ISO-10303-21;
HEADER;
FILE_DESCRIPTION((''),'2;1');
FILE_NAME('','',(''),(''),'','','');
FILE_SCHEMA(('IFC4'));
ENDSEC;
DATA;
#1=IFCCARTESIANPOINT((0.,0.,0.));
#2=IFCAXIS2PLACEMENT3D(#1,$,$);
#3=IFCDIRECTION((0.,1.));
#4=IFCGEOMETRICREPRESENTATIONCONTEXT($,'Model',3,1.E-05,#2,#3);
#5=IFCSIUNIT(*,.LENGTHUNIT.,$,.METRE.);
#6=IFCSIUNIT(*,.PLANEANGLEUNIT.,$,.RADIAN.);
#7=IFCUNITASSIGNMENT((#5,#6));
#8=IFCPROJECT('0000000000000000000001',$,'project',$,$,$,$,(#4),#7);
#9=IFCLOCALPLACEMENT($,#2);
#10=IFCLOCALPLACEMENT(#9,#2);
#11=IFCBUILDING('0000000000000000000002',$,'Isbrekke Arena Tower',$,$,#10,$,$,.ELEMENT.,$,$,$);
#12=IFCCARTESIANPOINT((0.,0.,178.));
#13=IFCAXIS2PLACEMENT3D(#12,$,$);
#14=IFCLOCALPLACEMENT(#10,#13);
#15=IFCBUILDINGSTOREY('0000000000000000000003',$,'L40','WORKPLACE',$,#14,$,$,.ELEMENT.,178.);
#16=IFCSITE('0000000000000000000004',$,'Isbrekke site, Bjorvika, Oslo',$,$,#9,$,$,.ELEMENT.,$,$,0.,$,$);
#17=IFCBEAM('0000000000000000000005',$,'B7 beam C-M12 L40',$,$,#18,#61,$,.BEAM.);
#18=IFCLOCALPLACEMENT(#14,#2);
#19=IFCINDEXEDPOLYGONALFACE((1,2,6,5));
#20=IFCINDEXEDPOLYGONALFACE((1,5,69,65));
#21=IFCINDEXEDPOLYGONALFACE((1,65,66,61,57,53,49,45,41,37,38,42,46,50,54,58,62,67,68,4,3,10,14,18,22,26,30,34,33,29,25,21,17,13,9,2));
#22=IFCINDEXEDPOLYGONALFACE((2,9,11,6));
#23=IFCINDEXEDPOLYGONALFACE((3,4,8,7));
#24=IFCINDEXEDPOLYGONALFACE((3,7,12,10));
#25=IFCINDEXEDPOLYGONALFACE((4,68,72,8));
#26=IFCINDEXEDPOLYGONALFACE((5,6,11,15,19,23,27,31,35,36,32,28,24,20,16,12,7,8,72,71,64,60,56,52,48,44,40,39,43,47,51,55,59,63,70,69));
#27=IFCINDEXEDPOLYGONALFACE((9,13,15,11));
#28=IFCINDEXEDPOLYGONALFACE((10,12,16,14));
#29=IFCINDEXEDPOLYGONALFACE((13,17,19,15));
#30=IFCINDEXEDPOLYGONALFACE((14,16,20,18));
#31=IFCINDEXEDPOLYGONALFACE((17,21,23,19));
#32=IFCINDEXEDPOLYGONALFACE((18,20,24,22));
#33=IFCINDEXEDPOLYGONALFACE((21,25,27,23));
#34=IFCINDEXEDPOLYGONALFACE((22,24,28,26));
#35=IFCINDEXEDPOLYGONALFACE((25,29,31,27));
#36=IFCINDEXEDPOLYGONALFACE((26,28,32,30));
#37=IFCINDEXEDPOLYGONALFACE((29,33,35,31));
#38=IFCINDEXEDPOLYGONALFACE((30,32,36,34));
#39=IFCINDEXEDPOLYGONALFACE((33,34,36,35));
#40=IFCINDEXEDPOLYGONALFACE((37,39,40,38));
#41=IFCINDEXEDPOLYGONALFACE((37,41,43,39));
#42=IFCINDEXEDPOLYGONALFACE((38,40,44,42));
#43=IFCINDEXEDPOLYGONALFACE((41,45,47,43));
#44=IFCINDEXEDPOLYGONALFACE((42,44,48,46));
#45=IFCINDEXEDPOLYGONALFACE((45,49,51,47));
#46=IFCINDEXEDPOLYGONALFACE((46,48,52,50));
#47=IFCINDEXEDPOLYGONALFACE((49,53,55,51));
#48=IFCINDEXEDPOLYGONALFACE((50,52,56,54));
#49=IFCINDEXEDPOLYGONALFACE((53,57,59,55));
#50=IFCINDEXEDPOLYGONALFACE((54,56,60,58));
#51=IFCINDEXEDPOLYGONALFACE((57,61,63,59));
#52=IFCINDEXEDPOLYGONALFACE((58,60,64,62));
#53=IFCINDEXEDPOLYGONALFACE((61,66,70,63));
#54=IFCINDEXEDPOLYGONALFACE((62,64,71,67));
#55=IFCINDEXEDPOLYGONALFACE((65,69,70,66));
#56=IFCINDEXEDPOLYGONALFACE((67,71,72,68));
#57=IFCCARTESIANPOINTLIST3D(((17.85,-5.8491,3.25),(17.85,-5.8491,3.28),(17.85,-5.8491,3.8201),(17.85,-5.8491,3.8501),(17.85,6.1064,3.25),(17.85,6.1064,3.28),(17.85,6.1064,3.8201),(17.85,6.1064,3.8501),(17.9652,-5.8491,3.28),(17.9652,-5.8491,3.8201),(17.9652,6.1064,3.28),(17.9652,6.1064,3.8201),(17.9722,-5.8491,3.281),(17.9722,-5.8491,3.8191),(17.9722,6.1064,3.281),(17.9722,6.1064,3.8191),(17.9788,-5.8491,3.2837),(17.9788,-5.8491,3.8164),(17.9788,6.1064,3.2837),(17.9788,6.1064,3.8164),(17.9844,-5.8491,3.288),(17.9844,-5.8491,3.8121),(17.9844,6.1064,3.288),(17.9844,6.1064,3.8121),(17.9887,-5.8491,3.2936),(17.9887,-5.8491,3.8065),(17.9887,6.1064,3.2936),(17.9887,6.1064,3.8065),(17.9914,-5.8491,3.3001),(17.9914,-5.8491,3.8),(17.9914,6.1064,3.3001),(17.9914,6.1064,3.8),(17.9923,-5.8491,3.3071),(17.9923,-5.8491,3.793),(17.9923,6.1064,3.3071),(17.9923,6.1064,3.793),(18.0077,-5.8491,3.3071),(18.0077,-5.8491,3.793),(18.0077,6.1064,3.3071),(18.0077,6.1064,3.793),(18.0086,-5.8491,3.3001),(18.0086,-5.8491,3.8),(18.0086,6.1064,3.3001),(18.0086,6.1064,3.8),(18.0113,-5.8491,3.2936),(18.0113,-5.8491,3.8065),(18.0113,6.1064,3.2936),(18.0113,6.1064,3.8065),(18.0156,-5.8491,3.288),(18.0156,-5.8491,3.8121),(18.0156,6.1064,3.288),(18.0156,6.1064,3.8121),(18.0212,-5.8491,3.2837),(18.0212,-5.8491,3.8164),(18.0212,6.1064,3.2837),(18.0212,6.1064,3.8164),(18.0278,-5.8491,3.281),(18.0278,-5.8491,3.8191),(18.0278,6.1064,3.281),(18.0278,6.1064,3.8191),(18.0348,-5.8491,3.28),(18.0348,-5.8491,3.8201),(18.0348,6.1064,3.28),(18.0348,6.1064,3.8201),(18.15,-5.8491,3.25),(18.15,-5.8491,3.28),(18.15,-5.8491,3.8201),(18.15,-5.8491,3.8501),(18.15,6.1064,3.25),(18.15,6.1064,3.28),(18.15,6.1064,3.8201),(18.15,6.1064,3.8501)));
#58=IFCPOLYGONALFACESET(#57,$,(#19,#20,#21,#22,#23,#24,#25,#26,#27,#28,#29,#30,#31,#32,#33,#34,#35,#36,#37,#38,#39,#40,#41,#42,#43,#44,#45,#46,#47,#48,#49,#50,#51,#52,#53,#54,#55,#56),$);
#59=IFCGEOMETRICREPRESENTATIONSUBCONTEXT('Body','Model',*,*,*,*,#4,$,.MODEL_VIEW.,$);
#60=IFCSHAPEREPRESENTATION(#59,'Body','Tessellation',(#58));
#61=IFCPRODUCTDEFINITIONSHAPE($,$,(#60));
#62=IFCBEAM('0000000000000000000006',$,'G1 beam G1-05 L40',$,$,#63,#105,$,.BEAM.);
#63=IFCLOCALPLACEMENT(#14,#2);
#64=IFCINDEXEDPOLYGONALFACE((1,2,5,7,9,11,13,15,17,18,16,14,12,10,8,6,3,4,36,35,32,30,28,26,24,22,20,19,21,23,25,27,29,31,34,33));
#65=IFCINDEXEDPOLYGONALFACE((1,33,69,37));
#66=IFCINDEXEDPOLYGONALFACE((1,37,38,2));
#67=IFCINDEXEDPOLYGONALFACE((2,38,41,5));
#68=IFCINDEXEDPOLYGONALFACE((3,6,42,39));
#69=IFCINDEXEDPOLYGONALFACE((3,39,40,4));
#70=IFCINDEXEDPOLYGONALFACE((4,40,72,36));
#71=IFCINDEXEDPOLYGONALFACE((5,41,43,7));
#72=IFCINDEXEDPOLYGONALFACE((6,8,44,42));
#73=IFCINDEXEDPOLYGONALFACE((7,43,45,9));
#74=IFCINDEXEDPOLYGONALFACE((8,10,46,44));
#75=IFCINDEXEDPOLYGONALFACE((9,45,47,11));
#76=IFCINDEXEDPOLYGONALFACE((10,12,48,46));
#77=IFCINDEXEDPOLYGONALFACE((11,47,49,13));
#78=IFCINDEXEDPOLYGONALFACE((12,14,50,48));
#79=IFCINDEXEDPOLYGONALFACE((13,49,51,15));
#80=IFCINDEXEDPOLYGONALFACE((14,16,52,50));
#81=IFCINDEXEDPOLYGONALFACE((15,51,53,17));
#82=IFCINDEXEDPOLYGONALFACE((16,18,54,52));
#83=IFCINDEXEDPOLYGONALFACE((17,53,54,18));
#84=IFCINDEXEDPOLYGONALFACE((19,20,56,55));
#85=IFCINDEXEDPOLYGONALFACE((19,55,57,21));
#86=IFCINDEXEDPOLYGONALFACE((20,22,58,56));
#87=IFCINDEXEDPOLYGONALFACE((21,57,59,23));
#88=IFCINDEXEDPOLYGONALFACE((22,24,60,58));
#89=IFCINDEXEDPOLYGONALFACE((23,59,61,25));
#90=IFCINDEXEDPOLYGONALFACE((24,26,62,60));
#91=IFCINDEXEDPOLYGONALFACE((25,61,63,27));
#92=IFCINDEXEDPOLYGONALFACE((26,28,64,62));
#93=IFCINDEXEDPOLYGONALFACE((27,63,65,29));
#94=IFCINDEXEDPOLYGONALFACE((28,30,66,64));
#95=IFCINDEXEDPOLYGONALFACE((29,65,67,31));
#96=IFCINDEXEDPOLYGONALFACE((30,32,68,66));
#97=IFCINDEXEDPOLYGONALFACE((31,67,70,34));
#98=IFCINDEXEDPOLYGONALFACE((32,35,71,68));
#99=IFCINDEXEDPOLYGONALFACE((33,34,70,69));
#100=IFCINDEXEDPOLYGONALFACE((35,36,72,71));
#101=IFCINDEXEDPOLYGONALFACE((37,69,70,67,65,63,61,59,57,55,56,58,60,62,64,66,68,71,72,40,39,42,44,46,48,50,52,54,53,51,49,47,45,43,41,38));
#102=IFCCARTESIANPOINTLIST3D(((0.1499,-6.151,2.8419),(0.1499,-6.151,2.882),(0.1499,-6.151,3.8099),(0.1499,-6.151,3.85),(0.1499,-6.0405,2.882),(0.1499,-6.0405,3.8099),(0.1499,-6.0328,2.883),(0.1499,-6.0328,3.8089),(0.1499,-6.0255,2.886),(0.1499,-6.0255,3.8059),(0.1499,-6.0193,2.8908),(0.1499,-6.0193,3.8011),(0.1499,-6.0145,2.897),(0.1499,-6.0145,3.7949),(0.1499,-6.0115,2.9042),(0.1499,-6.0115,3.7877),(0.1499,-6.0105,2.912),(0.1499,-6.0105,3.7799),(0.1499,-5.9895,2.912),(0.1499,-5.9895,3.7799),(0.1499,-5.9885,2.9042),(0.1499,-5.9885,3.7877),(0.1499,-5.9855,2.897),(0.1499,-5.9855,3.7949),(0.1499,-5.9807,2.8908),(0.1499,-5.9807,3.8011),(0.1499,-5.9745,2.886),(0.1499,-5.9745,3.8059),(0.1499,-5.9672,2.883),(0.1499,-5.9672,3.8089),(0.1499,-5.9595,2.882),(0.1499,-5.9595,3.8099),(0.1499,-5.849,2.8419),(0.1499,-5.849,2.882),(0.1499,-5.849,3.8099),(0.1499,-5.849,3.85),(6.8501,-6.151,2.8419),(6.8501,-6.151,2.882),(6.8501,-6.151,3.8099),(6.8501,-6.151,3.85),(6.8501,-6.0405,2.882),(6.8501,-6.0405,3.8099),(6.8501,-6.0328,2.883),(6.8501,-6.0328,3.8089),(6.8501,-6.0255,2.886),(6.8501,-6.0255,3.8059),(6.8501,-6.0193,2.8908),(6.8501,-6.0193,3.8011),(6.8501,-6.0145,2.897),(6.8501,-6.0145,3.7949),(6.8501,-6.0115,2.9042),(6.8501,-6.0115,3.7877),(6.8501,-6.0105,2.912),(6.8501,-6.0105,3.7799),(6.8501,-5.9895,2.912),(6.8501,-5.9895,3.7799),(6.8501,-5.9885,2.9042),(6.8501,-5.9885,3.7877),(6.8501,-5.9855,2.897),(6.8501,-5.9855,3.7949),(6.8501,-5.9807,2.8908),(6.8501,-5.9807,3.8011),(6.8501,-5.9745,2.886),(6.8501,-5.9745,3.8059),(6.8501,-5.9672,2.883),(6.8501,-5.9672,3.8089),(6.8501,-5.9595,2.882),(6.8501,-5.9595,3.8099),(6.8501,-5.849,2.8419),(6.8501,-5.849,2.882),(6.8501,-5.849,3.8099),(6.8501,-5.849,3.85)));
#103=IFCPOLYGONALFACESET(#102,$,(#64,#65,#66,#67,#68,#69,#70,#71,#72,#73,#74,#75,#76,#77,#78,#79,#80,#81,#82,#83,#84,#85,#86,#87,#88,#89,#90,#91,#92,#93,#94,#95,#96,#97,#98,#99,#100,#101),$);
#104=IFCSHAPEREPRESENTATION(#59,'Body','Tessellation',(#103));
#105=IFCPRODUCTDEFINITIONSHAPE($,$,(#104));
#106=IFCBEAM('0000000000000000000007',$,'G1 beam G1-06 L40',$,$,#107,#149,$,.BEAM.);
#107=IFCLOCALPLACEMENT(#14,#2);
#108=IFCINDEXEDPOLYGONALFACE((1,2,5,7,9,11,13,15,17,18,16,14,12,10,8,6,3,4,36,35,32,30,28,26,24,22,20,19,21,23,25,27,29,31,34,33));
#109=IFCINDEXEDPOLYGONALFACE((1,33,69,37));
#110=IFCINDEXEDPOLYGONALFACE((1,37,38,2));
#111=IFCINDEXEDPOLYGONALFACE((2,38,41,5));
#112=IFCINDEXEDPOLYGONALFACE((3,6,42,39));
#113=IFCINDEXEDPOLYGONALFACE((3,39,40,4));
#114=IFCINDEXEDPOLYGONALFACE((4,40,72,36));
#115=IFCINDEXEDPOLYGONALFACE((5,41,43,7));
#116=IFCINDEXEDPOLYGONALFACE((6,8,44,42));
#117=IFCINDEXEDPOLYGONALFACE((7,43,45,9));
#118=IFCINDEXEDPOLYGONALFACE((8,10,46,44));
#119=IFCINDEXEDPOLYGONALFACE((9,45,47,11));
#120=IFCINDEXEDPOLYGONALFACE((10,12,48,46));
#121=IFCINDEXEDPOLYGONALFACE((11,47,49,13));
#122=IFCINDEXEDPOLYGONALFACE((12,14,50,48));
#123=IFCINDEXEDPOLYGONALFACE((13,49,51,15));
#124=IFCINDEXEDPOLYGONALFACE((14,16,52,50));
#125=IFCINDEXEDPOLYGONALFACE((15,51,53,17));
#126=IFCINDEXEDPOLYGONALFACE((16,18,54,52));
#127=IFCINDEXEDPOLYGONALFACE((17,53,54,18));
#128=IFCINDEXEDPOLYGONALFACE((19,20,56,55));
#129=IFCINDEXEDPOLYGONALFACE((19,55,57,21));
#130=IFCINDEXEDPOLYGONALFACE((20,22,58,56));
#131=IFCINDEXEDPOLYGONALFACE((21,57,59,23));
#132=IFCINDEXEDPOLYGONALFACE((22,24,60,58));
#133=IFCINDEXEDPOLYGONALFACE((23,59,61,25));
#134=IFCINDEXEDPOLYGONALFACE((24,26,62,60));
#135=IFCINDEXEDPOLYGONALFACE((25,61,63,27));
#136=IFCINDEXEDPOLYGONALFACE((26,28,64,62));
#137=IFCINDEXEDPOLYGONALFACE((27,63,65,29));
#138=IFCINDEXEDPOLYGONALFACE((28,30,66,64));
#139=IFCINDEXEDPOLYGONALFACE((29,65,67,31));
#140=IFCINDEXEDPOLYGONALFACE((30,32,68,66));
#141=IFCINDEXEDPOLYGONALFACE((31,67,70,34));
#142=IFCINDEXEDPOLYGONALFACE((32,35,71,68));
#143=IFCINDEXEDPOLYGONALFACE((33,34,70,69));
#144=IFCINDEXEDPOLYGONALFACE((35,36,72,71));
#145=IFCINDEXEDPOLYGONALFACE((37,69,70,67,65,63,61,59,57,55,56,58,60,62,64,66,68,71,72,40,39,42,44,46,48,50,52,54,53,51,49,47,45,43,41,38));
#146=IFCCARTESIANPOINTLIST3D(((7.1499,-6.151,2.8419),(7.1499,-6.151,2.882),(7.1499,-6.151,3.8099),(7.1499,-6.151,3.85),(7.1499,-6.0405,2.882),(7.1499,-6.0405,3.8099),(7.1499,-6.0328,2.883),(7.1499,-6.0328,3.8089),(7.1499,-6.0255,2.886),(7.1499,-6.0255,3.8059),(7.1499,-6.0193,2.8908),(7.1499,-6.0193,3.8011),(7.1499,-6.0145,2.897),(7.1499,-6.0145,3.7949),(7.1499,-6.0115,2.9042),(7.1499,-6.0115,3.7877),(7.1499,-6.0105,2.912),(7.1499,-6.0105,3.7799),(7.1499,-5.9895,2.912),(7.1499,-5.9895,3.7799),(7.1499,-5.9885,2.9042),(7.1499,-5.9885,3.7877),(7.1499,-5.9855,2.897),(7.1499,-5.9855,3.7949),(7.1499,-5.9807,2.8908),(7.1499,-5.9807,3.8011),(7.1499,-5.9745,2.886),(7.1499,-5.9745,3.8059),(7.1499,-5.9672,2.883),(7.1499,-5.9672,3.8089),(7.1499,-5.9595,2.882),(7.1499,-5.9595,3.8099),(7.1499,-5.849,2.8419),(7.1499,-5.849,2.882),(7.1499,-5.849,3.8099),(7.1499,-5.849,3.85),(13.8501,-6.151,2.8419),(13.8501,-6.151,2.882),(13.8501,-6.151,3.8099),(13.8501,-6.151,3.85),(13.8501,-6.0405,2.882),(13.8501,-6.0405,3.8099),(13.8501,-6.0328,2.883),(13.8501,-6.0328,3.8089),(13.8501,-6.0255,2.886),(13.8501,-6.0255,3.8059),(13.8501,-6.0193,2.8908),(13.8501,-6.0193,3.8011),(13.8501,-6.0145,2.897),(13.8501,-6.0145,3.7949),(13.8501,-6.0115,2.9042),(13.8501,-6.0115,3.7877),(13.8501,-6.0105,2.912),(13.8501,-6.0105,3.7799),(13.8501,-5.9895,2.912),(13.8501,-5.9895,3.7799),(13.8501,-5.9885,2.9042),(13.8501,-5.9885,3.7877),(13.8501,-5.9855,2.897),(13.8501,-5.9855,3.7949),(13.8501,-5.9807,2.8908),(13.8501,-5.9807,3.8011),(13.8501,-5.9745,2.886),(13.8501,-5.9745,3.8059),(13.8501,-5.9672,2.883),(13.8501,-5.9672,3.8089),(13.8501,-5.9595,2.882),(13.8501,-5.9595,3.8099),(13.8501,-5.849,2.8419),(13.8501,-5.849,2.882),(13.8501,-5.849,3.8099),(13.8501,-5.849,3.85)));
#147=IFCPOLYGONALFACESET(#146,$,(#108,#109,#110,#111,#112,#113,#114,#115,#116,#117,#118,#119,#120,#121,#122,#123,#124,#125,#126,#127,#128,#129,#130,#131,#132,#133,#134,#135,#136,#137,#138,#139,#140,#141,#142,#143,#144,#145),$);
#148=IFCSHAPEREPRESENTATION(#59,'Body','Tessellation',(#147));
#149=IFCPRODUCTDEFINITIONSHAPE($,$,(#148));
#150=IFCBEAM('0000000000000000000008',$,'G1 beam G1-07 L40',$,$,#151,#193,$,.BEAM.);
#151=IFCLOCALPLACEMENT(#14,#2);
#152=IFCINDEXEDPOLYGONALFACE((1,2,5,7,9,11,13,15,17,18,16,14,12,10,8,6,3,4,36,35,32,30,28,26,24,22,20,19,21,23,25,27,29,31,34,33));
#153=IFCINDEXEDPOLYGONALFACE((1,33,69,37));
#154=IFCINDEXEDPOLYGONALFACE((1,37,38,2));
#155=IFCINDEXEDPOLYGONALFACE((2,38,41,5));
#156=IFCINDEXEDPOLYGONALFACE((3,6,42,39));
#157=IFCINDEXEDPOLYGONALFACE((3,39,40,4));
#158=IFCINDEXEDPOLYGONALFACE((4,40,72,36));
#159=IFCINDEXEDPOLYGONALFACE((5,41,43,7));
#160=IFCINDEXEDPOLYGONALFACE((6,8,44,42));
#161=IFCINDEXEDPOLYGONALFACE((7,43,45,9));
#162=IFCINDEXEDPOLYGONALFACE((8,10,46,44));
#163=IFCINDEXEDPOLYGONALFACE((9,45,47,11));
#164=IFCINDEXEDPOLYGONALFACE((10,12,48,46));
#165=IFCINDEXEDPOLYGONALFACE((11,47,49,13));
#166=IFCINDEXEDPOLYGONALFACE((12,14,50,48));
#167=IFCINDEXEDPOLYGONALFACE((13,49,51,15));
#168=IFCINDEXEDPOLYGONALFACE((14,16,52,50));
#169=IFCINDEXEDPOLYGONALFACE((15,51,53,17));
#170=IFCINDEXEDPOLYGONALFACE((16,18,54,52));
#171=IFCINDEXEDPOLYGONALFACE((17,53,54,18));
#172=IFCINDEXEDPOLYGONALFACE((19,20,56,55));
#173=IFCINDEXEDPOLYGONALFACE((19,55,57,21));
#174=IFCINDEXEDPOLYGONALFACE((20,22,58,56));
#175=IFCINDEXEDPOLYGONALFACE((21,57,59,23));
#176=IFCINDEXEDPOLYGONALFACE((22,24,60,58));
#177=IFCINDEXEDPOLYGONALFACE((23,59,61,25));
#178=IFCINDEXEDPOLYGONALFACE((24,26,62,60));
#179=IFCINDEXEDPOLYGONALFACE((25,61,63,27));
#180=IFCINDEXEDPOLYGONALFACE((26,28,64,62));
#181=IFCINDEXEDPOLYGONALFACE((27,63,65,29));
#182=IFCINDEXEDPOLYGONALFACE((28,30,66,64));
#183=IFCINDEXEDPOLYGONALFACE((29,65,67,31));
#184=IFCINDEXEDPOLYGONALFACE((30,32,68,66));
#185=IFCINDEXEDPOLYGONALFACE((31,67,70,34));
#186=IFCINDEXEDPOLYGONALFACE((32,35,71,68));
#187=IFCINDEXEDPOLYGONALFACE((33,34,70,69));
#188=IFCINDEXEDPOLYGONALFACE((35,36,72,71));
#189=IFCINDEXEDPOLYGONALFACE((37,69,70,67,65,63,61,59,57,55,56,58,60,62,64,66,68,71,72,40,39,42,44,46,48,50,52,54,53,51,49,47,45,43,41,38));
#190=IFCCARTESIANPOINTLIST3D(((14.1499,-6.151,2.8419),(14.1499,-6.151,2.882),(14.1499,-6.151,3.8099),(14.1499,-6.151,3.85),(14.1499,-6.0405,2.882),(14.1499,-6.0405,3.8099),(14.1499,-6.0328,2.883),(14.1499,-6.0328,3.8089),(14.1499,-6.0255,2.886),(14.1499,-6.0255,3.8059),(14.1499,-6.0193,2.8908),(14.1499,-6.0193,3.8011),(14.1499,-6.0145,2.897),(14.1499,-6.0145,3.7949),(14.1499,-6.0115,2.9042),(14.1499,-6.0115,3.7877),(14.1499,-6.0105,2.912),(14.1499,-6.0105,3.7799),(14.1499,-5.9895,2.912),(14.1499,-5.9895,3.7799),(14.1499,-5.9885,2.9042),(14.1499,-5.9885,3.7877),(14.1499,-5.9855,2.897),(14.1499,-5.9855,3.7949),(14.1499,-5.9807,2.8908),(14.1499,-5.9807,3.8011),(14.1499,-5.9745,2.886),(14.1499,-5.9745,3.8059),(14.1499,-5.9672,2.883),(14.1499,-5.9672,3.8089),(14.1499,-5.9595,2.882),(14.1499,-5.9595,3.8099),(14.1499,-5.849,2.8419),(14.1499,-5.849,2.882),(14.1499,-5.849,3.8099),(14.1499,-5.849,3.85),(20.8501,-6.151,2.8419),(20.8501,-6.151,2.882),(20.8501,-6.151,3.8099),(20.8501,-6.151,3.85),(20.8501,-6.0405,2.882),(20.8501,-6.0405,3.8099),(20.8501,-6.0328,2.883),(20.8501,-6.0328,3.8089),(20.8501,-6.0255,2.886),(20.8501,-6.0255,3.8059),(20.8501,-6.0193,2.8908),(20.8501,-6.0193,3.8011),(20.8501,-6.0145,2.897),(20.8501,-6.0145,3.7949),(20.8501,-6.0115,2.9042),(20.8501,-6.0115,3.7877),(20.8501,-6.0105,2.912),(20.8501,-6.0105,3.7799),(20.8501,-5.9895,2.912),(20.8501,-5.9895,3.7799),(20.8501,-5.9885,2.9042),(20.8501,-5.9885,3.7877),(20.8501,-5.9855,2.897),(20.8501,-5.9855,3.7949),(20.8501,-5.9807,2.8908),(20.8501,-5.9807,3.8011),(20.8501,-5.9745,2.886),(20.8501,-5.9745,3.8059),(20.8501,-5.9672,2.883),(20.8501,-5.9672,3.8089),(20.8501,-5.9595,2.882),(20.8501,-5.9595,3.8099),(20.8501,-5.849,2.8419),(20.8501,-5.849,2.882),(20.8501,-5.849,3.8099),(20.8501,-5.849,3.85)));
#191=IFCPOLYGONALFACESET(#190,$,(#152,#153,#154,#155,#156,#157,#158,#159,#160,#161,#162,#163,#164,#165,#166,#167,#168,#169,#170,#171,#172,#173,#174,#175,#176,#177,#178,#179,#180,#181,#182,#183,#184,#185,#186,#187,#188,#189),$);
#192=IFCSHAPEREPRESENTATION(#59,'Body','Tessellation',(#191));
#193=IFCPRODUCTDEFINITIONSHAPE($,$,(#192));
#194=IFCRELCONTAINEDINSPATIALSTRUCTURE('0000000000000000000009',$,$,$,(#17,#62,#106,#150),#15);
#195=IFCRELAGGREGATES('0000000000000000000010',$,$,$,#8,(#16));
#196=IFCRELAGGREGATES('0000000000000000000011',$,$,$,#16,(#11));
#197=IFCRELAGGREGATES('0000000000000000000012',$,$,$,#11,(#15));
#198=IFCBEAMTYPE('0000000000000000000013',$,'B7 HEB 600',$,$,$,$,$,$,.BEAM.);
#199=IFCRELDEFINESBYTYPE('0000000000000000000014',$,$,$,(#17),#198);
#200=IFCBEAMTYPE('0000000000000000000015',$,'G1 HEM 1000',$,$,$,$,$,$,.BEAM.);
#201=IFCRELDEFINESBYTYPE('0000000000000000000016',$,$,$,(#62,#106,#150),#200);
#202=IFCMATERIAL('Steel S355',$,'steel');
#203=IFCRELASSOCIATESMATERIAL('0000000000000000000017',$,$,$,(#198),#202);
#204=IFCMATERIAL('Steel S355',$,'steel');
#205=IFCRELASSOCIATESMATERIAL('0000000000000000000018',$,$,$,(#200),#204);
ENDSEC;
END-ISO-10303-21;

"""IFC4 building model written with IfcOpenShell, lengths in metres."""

from ifc_helpers import new_model, si_unit, direction, frame, origin, origin_2d, place, context, subcontext, project, spatial, i_section, extrude, material, material_profile, profile_set, type_object, element, save


model = new_model("IFC4")

# Units and contexts
model_context = context("Model", 3, precision=1e-05, world=origin(), true_north=direction((0.0, 1.0)))
body_context = subcontext(model_context, "Body", "Model", "MODEL_VIEW")
ifc_project = project(units=[si_unit("LENGTHUNIT", "METRE"), si_unit("PLANEANGLEUNIT", "RADIAN")], contexts=[model_context])

# Site, building, storey
site_placement = place(None, origin())
site = spatial("IfcSite", under=ifc_project, at=site_placement, Name="Isbrekke site, Bjorvika, Oslo", CompositionType="ELEMENT", RefElevation=0.0)
building_placement = place(site_placement, origin())
building = spatial("IfcBuilding", under=site, at=building_placement, Name="Isbrekke Arena Tower", CompositionType="ELEMENT")
storey_placement = place(building_placement, frame((0.0, 0.0, 178.0)))
storey = spatial("IfcBuildingStorey", under=building, at=storey_placement, Name="L40", Description="WORKPLACE", CompositionType="ELEMENT", Elevation=178.0)

# Beams
ifc_material_1 = material(Name="Steel S355", Category="steel")
ifc_material_profile_1 = material_profile(ifc_material_1, i_section(OverallWidth=0.3, OverallDepth=0.6001, WebThickness=0.0154, FlangeThickness=0.03, FilletRadius=0.0271, at=origin_2d()), Name="HEB 600")
ifc_profile_set_1 = profile_set([ifc_material_profile_1], Name="Steel S355")
beam_type_1 = type_object("IfcBeamType", Name="B7 HEB 600", PredefinedType="BEAM", material=ifc_profile_set_1)
beam_1_placement = place(storey_placement, frame((18.0, -5.8491, 3.55), z_axis=(0.0, 1.0, 0.0), x_axis=(-1.0, 0.0, 0.0)))
element("IfcBeam", 1, at=beam_1_placement, inside=storey, type_object=beam_type_1, Name="B7 beam C-M12 L40", PredefinedType="BEAM", context=body_context, shape_type="SweptSolid", body=[
    extrude(i_section(OverallWidth=0.3, OverallDepth=0.6001, WebThickness=0.0154, FlangeThickness=0.03, FilletRadius=0.0271, at=origin_2d()), origin(), (0.0, 0.0, 1.0), 11.9556),
])
ifc_material_2 = material(Name="Steel S355", Category="steel")
ifc_material_profile_2 = material_profile(ifc_material_2, i_section(OverallWidth=0.302, OverallDepth=1.0081, WebThickness=0.021, FlangeThickness=0.04, FilletRadius=0.03, at=origin_2d()), Name="HEM 1000")
ifc_profile_set_2 = profile_set([ifc_material_profile_2], Name="Steel S355")
beam_type_2 = type_object("IfcBeamType", Name="G1 HEM 1000", PredefinedType="BEAM", material=ifc_profile_set_2)
for number, where, z_axis, x_axis, name in (
    (2, (0.1499, -6.0, 3.3459), (1.0, 0.0, 0.0), (0.0, 1.0, 0.0), "G1 beam G1-05 L40"),
    (3, (7.1499, -6.0, 3.3459), (1.0, 0.0, 0.0), (0.0, 1.0, 0.0), "G1 beam G1-06 L40"),
    (4, (14.1499, -6.0, 3.3459), (1.0, 0.0, 0.0), (0.0, 1.0, 0.0), "G1 beam G1-07 L40"),
):
    element("IfcBeam", number, at=place(storey_placement, frame(where, z_axis=z_axis, x_axis=x_axis)), inside=storey, type_object=beam_type_2, Name=name, PredefinedType="BEAM", context=body_context, shape_type="SweptSolid", body=[
        extrude(i_section(OverallWidth=0.302, OverallDepth=1.0081, WebThickness=0.021, FlangeThickness=0.04, FilletRadius=0.03, at=origin_2d()), origin(), (0.0, 0.0, 1.0), 6.7002),
    ])

save(model, "model.ifc")
